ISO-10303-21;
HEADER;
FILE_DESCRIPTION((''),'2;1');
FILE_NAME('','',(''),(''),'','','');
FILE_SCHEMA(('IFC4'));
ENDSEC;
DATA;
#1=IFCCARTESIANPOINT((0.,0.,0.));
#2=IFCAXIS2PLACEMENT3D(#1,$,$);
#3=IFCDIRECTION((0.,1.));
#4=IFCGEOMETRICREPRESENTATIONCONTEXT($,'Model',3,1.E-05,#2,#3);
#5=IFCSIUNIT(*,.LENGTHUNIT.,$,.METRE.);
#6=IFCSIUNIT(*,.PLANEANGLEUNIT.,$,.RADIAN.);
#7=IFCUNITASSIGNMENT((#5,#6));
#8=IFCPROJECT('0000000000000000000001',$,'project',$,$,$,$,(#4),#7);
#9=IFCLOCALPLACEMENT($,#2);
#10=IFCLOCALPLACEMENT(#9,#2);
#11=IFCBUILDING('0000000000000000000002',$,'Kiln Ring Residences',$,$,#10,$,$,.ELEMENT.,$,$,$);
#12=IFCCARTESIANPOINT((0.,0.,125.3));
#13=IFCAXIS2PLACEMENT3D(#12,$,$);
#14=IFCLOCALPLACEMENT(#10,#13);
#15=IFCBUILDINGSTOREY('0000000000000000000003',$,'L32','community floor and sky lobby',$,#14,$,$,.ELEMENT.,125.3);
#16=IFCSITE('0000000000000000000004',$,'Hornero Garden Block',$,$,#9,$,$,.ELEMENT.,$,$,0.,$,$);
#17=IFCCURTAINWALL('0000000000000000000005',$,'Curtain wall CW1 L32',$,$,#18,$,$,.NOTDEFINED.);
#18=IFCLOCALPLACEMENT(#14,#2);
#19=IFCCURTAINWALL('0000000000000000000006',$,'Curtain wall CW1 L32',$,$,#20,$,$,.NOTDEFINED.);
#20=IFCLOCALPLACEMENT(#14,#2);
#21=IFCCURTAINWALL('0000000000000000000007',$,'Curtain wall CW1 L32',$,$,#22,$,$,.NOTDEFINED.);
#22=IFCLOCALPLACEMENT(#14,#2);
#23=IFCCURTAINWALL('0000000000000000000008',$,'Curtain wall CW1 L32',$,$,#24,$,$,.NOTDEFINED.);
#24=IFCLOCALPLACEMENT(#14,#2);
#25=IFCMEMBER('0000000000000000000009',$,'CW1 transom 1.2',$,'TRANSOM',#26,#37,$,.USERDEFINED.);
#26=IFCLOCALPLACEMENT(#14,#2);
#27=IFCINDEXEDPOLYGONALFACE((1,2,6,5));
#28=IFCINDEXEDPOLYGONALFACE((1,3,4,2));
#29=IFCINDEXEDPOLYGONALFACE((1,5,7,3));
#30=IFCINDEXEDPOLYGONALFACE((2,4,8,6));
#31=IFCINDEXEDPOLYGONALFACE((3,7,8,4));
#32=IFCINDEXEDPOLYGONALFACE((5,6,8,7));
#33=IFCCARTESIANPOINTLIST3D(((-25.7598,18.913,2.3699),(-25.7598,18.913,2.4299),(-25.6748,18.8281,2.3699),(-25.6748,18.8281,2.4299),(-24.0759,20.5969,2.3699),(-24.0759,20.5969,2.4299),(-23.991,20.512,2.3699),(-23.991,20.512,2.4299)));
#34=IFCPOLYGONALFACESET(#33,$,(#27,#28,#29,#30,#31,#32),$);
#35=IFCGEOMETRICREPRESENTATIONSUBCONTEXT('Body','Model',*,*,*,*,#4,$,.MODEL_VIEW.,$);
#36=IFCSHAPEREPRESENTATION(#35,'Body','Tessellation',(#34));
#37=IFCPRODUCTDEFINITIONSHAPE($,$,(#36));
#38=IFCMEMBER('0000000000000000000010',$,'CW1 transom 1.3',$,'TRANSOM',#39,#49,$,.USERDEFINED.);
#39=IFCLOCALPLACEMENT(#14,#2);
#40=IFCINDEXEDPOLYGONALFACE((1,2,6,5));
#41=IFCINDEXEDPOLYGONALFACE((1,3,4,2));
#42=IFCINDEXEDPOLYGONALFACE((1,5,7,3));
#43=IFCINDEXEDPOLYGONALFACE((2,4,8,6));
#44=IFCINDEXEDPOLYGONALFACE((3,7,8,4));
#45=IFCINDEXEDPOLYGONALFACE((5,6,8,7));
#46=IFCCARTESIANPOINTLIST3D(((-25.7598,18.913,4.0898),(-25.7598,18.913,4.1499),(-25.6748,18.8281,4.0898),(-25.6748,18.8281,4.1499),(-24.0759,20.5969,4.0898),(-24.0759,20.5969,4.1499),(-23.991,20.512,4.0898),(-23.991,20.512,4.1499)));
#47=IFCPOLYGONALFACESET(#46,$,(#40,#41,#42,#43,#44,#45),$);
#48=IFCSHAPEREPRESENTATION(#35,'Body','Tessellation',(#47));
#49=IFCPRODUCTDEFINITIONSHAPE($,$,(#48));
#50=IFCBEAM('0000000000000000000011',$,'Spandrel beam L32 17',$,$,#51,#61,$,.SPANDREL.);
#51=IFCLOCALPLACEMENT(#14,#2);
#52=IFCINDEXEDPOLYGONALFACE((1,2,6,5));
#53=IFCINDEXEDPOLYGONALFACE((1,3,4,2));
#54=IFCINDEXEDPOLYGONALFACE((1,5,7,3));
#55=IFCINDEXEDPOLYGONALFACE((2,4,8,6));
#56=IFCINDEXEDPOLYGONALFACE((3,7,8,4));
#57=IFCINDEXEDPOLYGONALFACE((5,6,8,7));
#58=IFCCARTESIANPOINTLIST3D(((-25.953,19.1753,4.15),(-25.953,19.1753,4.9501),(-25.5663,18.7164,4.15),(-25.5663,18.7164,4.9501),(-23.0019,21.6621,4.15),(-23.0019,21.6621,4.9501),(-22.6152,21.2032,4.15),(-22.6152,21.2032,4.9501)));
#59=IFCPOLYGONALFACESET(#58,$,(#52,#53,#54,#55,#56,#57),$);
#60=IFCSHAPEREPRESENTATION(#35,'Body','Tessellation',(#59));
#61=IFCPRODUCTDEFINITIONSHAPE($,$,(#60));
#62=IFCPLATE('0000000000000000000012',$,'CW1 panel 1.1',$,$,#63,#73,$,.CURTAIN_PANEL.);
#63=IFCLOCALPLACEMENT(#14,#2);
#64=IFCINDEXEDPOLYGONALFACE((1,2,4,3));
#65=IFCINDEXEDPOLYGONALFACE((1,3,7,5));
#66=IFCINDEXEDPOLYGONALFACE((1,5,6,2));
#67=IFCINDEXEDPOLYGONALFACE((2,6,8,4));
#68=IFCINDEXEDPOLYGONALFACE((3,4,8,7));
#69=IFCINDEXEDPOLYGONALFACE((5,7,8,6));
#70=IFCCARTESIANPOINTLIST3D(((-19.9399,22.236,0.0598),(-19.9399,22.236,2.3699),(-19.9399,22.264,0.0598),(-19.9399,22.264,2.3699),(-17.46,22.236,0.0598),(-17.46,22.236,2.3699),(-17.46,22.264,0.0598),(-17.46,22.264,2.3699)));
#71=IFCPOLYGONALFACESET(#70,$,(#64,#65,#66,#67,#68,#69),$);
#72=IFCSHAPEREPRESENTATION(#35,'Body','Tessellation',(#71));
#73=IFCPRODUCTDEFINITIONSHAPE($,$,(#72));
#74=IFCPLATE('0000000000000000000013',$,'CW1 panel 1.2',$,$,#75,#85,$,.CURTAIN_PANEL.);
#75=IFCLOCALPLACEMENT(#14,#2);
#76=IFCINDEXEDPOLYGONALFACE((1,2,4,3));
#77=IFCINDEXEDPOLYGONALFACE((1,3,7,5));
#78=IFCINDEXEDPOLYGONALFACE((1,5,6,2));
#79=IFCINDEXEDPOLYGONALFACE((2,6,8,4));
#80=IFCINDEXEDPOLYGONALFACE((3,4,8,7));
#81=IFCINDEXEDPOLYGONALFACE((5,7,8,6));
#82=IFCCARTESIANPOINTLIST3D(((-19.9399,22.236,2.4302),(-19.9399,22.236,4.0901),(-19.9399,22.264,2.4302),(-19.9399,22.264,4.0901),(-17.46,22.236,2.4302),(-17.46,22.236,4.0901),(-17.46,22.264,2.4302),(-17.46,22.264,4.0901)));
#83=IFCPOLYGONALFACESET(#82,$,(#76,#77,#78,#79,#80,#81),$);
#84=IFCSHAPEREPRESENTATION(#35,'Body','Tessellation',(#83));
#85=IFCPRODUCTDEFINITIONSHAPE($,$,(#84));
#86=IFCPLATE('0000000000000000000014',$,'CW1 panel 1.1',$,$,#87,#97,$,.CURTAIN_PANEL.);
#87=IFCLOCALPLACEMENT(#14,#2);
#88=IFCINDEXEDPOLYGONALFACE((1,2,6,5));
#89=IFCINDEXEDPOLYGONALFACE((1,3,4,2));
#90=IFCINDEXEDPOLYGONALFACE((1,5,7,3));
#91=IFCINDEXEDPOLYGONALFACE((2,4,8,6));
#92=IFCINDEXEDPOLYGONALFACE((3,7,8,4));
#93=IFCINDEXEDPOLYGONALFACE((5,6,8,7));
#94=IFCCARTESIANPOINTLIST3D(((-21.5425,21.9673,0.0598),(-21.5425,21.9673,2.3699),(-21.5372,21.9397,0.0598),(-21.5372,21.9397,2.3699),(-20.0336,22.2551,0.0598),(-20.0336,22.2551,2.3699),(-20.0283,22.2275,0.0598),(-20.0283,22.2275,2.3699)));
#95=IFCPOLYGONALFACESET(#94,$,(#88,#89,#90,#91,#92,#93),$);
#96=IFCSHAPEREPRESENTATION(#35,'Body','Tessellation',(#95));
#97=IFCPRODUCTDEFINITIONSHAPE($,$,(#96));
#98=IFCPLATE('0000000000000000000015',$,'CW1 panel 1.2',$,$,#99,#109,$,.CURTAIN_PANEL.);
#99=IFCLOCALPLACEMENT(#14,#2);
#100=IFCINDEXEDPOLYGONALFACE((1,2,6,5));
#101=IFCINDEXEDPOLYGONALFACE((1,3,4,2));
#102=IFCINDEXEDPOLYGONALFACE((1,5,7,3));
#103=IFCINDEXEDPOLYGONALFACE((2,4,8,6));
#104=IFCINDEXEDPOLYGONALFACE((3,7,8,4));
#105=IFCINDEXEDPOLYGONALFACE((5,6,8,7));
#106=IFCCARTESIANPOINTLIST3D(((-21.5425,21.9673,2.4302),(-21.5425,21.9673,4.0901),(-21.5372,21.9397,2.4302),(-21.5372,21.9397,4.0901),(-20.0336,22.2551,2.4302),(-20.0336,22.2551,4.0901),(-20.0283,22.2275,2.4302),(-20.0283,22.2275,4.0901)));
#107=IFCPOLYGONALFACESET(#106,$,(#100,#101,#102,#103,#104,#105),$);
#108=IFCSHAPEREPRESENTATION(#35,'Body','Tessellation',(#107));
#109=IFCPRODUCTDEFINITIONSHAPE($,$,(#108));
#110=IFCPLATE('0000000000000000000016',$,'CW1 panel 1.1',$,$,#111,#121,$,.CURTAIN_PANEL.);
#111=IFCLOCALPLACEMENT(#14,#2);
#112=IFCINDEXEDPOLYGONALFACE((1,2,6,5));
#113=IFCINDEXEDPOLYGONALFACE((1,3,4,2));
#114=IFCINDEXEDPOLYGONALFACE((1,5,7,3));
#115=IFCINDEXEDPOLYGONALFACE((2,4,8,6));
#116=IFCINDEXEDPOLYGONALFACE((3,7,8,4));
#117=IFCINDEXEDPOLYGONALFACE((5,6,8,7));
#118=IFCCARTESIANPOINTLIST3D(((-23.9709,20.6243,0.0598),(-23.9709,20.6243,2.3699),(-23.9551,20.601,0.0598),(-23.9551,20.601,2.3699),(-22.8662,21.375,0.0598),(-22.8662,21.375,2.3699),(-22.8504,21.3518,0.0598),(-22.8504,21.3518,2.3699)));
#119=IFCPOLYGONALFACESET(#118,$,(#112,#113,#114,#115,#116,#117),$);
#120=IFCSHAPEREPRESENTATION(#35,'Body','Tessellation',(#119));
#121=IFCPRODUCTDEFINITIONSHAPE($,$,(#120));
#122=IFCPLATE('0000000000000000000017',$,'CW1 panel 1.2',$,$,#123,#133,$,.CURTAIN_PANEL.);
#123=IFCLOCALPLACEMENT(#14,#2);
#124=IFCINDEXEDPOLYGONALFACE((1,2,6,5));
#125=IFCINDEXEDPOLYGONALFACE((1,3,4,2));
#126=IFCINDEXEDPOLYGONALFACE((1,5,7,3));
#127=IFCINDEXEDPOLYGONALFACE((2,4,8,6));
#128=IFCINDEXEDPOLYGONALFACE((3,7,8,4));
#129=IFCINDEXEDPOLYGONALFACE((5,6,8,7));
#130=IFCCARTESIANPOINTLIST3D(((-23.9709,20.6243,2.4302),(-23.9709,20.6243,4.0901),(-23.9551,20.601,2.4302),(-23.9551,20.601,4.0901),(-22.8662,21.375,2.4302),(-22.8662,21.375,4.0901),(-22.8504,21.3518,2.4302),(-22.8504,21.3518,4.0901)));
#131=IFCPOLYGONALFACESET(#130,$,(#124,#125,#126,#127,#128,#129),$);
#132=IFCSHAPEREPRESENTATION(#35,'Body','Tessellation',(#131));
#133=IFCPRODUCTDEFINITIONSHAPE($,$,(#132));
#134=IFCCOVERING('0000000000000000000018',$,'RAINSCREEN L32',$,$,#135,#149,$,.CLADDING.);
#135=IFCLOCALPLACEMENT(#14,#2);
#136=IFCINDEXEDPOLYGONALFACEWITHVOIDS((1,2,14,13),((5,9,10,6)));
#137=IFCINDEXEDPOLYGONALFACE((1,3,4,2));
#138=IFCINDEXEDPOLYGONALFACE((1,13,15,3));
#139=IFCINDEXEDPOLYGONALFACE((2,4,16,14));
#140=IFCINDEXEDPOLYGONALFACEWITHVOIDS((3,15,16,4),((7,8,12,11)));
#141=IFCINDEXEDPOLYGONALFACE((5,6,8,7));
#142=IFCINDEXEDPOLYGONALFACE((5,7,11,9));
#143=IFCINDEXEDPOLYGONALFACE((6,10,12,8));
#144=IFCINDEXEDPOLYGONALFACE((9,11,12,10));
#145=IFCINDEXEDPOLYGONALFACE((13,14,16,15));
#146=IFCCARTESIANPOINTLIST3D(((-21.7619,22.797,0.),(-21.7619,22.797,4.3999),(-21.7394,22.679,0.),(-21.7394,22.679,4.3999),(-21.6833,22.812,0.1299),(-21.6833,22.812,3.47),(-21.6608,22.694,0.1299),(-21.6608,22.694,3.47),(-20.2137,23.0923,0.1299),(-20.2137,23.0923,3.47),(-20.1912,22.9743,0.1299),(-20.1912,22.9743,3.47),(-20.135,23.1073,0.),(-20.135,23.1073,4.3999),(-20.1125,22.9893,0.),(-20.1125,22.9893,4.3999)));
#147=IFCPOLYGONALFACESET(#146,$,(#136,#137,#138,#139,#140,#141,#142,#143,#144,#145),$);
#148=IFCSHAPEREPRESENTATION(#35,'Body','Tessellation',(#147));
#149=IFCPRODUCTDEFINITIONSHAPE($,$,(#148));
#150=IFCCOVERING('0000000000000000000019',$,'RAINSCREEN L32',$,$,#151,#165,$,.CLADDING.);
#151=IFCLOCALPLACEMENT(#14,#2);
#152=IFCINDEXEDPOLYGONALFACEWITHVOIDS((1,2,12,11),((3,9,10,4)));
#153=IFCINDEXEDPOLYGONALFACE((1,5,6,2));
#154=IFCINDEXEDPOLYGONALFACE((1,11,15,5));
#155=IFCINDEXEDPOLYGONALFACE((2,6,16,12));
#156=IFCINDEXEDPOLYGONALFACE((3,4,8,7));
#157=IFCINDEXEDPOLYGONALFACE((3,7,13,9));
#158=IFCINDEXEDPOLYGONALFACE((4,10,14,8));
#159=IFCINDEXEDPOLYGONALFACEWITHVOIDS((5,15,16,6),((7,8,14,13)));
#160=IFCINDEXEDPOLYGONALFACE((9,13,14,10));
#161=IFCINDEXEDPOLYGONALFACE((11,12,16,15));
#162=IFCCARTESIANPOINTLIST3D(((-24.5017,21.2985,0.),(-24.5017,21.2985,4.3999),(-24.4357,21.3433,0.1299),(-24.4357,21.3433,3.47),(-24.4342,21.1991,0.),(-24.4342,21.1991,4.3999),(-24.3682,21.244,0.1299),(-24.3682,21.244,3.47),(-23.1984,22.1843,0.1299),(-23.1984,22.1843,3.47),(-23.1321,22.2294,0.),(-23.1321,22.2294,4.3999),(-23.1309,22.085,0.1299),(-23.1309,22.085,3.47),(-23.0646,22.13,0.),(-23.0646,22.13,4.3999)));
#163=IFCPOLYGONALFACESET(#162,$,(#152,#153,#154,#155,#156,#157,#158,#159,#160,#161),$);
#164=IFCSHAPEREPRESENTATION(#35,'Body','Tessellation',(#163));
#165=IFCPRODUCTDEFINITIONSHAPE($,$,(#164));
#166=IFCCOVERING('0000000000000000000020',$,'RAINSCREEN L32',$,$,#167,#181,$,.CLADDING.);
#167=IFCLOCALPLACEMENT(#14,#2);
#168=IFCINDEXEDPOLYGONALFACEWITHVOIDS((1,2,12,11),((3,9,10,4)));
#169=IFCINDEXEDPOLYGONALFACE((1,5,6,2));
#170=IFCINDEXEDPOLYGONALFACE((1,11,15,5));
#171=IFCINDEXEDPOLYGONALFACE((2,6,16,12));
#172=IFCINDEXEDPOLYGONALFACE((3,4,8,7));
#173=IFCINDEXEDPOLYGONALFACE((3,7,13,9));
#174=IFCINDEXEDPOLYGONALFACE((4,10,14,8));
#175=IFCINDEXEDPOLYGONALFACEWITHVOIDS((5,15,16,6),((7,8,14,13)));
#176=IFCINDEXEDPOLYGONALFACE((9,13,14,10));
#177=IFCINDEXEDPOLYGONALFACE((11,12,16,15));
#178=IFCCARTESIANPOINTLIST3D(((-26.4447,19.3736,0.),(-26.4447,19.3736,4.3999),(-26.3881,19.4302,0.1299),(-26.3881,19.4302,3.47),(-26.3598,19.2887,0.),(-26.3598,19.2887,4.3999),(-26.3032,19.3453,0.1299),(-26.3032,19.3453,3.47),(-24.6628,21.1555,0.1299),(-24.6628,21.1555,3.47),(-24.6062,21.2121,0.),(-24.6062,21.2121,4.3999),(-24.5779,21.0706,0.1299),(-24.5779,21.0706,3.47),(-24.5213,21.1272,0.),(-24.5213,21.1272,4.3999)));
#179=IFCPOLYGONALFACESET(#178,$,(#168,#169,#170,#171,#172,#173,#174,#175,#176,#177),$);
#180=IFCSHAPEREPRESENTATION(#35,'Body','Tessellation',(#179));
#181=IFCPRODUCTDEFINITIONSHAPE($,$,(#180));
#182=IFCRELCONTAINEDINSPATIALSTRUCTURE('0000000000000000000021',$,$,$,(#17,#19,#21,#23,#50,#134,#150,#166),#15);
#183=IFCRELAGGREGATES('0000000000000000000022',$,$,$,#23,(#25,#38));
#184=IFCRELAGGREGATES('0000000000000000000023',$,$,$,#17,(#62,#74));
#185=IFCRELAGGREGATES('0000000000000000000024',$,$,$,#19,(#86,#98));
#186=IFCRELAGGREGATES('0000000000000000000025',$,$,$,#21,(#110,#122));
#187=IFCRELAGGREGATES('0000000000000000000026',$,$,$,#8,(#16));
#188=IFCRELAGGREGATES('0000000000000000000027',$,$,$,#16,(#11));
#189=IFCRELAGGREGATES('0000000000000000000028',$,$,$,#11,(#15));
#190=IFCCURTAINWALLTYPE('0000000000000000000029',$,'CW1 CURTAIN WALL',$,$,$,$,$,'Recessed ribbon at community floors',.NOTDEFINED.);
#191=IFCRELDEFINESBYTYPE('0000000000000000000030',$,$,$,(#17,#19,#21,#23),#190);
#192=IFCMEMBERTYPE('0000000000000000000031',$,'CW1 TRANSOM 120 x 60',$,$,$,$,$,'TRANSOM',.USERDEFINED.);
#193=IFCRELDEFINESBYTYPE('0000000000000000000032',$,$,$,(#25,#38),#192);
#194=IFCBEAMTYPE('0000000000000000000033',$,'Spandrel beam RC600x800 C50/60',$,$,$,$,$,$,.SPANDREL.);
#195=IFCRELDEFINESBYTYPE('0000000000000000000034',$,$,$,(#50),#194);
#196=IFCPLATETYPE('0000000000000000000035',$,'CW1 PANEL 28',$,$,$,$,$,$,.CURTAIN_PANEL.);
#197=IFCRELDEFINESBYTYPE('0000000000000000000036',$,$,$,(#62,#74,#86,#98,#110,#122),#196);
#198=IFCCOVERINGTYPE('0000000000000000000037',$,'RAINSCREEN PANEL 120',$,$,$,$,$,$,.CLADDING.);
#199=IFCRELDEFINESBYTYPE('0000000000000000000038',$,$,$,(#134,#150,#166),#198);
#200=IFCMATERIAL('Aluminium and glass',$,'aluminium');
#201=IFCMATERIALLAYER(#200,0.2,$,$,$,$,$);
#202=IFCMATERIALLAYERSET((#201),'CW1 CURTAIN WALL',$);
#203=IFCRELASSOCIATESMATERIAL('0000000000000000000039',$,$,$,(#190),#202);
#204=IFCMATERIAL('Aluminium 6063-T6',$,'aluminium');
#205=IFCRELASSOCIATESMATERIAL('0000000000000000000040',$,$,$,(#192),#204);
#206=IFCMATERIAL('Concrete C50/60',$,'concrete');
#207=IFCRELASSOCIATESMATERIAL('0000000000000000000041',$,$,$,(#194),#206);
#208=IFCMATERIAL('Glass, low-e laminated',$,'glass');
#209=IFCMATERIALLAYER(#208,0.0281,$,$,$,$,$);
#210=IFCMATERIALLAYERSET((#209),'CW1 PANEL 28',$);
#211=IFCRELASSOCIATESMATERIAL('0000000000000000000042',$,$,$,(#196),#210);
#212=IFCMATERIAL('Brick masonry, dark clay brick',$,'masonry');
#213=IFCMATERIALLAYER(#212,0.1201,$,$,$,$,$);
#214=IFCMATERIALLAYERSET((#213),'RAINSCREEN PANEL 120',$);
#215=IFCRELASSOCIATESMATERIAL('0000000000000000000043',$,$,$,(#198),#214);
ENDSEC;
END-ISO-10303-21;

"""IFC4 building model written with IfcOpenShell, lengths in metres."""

from ifc_helpers import new_model, si_unit, direction, frame, origin, origin_2d, place, context, subcontext, project, spatial, polyline, rectangle, outline, extrude, material, layer, layer_set, material_profile, profile_set, type_object, element, aggregate, save


model = new_model("IFC4")

# Units and contexts
model_context = context("Model", 3, precision=1e-05, world=origin(), true_north=direction((0.0, 1.0)))
body_context = subcontext(model_context, "Body", "Model", "MODEL_VIEW")
ifc_project = project(units=[si_unit("LENGTHUNIT", "METRE"), si_unit("PLANEANGLEUNIT", "RADIAN")], contexts=[model_context])

# Site, building, storey
site_placement = place(None, origin())
site = spatial("IfcSite", under=ifc_project, at=site_placement, Name="Hornero Garden Block", CompositionType="ELEMENT", RefElevation=0.0)
building_placement = place(site_placement, origin())
building = spatial("IfcBuilding", under=site, at=building_placement, Name="Kiln Ring Residences", CompositionType="ELEMENT")
storey_placement = place(building_placement, frame((0.0, 0.0, 125.3)))
storey = spatial("IfcBuildingStorey", under=building, at=storey_placement, Name="L32", Description="community floor and sky lobby", CompositionType="ELEMENT", Elevation=125.3)

# Curtain wall
ifc_material_1 = material(Name="Aluminium and glass", Category="aluminium")
ifc_layer_1 = layer(ifc_material_1, 0.2)
ifc_layer_set_1 = layer_set([ifc_layer_1], Name="CW1 CURTAIN WALL")
curtain_wall_type = type_object("IfcCurtainWallType", Name="CW1 CURTAIN WALL", ElementType="Recessed ribbon at community floors", PredefinedType="NOTDEFINED", material=ifc_layer_set_1)
placement = place(storey_placement, origin())
curtain_wall_1 = element("IfcCurtainWall", 1, at=placement, inside=storey, type_object=curtain_wall_type, Name="Curtain wall CW1 L32", PredefinedType="NOTDEFINED")

# Curtain walls
curtain_wall_2 = element("IfcCurtainWall", 2, at=placement, inside=storey, type_object=curtain_wall_type, Name="Curtain wall CW1 L32", PredefinedType="NOTDEFINED")
curtain_wall_3 = element("IfcCurtainWall", 3, at=placement, inside=storey, type_object=curtain_wall_type, Name="Curtain wall CW1 L32", PredefinedType="NOTDEFINED")

# Curtain wall
curtain_wall_4 = element("IfcCurtainWall", 4, at=placement, inside=storey, type_object=curtain_wall_type, Name="Curtain wall CW1 L32", PredefinedType="NOTDEFINED")

# Members
ifc_material_2 = material(Name="Aluminium 6063-T6", Category="aluminium")
ifc_material_profile_1 = material_profile(ifc_material_2, rectangle(XDim=0.1201, YDim=0.0601, at=origin_2d()), Name="AL 120x60")
ifc_profile_set_1 = profile_set([ifc_material_profile_1], Name="Aluminium 6063-T6")
member_type_1 = type_object("IfcMemberType", Name="CW1 TRANSOM 120 x 60", ElementType="TRANSOM", PredefinedType="USERDEFINED", material=ifc_profile_set_1)
member_1_placement = place(storey_placement, frame((-24.0334, 20.5544, 2.3999), z_axis=(-0.707107, -0.707107, 0.0), x_axis=(0.707107, -0.707107, 0.0)))
member_1 = element("IfcMember", 5, at=member_1_placement, type_object=member_type_1, Name="CW1 transom 1.2", ObjectType="TRANSOM", PredefinedType="USERDEFINED", context=body_context, shape_type="SweptSolid", body=[
    extrude(rectangle(XDim=0.1201, YDim=0.0601, at=origin_2d()), origin(), (0.0, 0.0, 1.0), 2.3813),
])
member_2_placement = place(storey_placement, frame((-24.0334, 20.5544, 4.1199), z_axis=(-0.707107, -0.707107, 0.0), x_axis=(0.707107, -0.707107, 0.0)))
member_2 = element("IfcMember", 6, at=member_2_placement, type_object=member_type_1, Name="CW1 transom 1.3", ObjectType="TRANSOM", PredefinedType="USERDEFINED", context=body_context, shape_type="SweptSolid", body=[
    extrude(rectangle(XDim=0.1201, YDim=0.0601, at=origin_2d()), origin(), (0.0, 0.0, 1.0), 2.3813),
])
aggregate(curtain_wall_4, [member_1, member_2])

# Beam
ifc_material_3 = material(Name="Concrete C50/60", Category="concrete")
ifc_material_profile_2 = material_profile(ifc_material_3, rectangle(XDim=0.6001, YDim=0.8, at=origin_2d()), Name="RC600x800")
ifc_profile_set_2 = profile_set([ifc_material_profile_2], Name="Concrete C50/60")
beam_type = type_object("IfcBeamType", Name="Spandrel beam RC600x800 C50/60", PredefinedType="SPANDREL", material=ifc_profile_set_2)
beam_placement = place(storey_placement, frame((-22.8086, 21.4326, 4.55), z_axis=(-0.764704, -0.644381, 0.0), x_axis=(0.644381, -0.764704, 0.0)))
element("IfcBeam", 7, at=beam_placement, inside=storey, type_object=beam_type, Name="Spandrel beam L32 17", PredefinedType="SPANDREL", context=body_context, shape_type="SweptSolid", body=[
    extrude(rectangle(XDim=0.6001, YDim=0.8, at=origin_2d()), origin(), (0.0, 0.0, 1.0), 3.8591),
])

# Plates
ifc_material_4 = material(Name="Glass, low-e laminated", Category="glass")
ifc_layer_2 = layer(ifc_material_4, 0.0281)
ifc_layer_set_2 = layer_set([ifc_layer_2], Name="CW1 PANEL 28")
plate_type = type_object("IfcPlateType", Name="CW1 PANEL 28", PredefinedType="CURTAIN_PANEL", material=ifc_layer_set_2)
plate_1_placement = place(storey_placement, frame((-18.7, 22.25, 0.0598), z_axis=(0.0, 0.0, 1.0), x_axis=(-1.0, 0.0, 0.0)))
plate_1 = element("IfcPlate", 8, at=plate_1_placement, type_object=plate_type, Name="CW1 panel 1.1", PredefinedType="CURTAIN_PANEL", context=body_context, shape_type="SweptSolid", body=[
    extrude(rectangle(XDim=2.48, YDim=0.0281, at=origin_2d()), origin(), (0.0, 0.0, 1.0), 2.3101),
])
plate_2_placement = place(storey_placement, frame((-18.7, 22.25, 2.4302), z_axis=(0.0, 0.0, 1.0), x_axis=(-1.0, 0.0, 0.0)))
plate_2 = element("IfcPlate", 9, at=plate_2_placement, type_object=plate_type, Name="CW1 panel 1.2", PredefinedType="CURTAIN_PANEL", context=body_context, shape_type="SweptSolid", body=[
    extrude(rectangle(XDim=2.48, YDim=0.0281, at=origin_2d()), origin(), (0.0, 0.0, 1.0), 1.6599),
])
aggregate(curtain_wall_1, [plate_1, plate_2])
plate_3_placement = place(storey_placement, frame((-20.7854, 22.0974, 0.0598), z_axis=(0.0, 0.0, 1.0), x_axis=(-0.98229, -0.187366, 0.0)))
plate_3 = element("IfcPlate", 10, at=plate_3_placement, type_object=plate_type, Name="CW1 panel 1.1", PredefinedType="CURTAIN_PANEL", context=body_context, shape_type="SweptSolid", body=[
    extrude(rectangle(XDim=1.5361, YDim=0.0281, at=origin_2d()), origin(), (0.0, 0.0, 1.0), 2.3101),
])
plate_4_placement = place(storey_placement, frame((-20.7854, 22.0974, 2.4302), z_axis=(0.0, 0.0, 1.0), x_axis=(-0.98229, -0.187366, 0.0)))
plate_4 = element("IfcPlate", 11, at=plate_4_placement, type_object=plate_type, Name="CW1 panel 1.2", PredefinedType="CURTAIN_PANEL", context=body_context, shape_type="SweptSolid", body=[
    extrude(rectangle(XDim=1.5361, YDim=0.0281, at=origin_2d()), origin(), (0.0, 0.0, 1.0), 1.6599),
])
aggregate(curtain_wall_2, [plate_3, plate_4])
plate_5_placement = place(storey_placement, frame((-23.4106, 20.988, 0.0598), z_axis=(0.0, 0.0, 1.0), x_axis=(-0.827072, -0.562097, 0.0)))
plate_5 = element("IfcPlate", 12, at=plate_5_placement, type_object=plate_type, Name="CW1 panel 1.1", PredefinedType="CURTAIN_PANEL", context=body_context, shape_type="SweptSolid", body=[
    extrude(rectangle(XDim=1.3357, YDim=0.0281, at=origin_2d()), origin(), (0.0, 0.0, 1.0), 2.3101),
])
plate_6_placement = place(storey_placement, frame((-23.4106, 20.988, 2.4302), z_axis=(0.0, 0.0, 1.0), x_axis=(-0.827072, -0.562097, 0.0)))
plate_6 = element("IfcPlate", 13, at=plate_6_placement, type_object=plate_type, Name="CW1 panel 1.2", PredefinedType="CURTAIN_PANEL", context=body_context, shape_type="SweptSolid", body=[
    extrude(rectangle(XDim=1.3357, YDim=0.0281, at=origin_2d()), origin(), (0.0, 0.0, 1.0), 1.6599),
])
aggregate(curtain_wall_3, [plate_5, plate_6])

# Coverings
ifc_material_5 = material(Name="Brick masonry, dark clay brick", Category="masonry")
ifc_layer_3 = layer(ifc_material_5, 0.1201)
ifc_layer_set_3 = layer_set([ifc_layer_3], Name="RAINSCREEN PANEL 120")
covering_type = type_object("IfcCoveringType", Name="RAINSCREEN PANEL 120", PredefinedType="CLADDING", material=ifc_layer_set_3)
covering_1_placement = place(storey_placement, frame((-20.1238, 23.0483, 0.0), z_axis=(0.0, 0.0, 1.0), x_axis=(-0.982288, -0.187376, 0.0)))
element("IfcCovering", 14, at=covering_1_placement, inside=storey, type_object=covering_type, Name="RAINSCREEN L32", PredefinedType="CLADDING", context=body_context, shape_type="SweptSolid", body=[
    extrude(outline(polyline([(0.0, 0.0), (1.6562, 0.0), (1.6562, 4.3999), (0.0, 4.3999), (0.0, 0.0)]), holes=[polyline([(0.0801, 3.47), (0.0801, 0.1299), (1.5762, 0.1299), (1.5762, 3.47), (0.0801, 3.47)])]), frame((0.0, 0.0601, 0.0), z_axis=(0.0, -1.0, 0.0), x_axis=(1.0, 0.0, 0.0)), (0.0, 0.0, 1.0), 0.1201),
])
covering_2_placement = place(storey_placement, frame((-23.0984, 22.1797, 0.0), z_axis=(0.0, 0.0, 1.0), x_axis=(-0.82705, -0.562129, 0.0)))
element("IfcCovering", 15, at=covering_2_placement, inside=storey, type_object=covering_type, Name="RAINSCREEN L32", PredefinedType="CLADDING", context=body_context, shape_type="SweptSolid", body=[
    extrude(outline(polyline([(0.0, 0.0), (1.656, 0.0), (1.656, 4.3999), (0.0, 4.3999), (0.0, 0.0)]), holes=[polyline([(0.0801, 3.47), (0.0801, 0.1299), (1.5762, 0.1299), (1.5762, 3.47), (0.0801, 3.47)])]), frame((0.0, 0.0601, 0.0), z_axis=(0.0, -1.0, 0.0), x_axis=(1.0, 0.0, 0.0)), (0.0, 0.0, 1.0), 0.1201),
])
covering_3_placement = place(storey_placement, frame((-24.5637, 21.1697, 0.0), z_axis=(0.0, 0.0, 1.0), x_axis=(-0.707107, -0.707107, 0.0)))
element("IfcCovering", 16, at=covering_3_placement, inside=storey, type_object=covering_type, Name="RAINSCREEN L32", PredefinedType="CLADDING", context=body_context, shape_type="SweptSolid", body=[
    extrude(outline(polyline([(0.0, 0.0), (2.6001, 0.0), (2.6001, 4.3999), (0.0, 4.3999), (0.0, 0.0)]), holes=[polyline([(0.0801, 3.47), (0.0801, 0.1299), (2.52, 0.1299), (2.52, 3.47), (0.0801, 3.47)])]), frame((0.0, 0.0601, 0.0), z_axis=(0.0, -1.0, 0.0), x_axis=(1.0, 0.0, 0.0)), (0.0, 0.0, 1.0), 0.1201),
])

save(model, "model.ifc")
